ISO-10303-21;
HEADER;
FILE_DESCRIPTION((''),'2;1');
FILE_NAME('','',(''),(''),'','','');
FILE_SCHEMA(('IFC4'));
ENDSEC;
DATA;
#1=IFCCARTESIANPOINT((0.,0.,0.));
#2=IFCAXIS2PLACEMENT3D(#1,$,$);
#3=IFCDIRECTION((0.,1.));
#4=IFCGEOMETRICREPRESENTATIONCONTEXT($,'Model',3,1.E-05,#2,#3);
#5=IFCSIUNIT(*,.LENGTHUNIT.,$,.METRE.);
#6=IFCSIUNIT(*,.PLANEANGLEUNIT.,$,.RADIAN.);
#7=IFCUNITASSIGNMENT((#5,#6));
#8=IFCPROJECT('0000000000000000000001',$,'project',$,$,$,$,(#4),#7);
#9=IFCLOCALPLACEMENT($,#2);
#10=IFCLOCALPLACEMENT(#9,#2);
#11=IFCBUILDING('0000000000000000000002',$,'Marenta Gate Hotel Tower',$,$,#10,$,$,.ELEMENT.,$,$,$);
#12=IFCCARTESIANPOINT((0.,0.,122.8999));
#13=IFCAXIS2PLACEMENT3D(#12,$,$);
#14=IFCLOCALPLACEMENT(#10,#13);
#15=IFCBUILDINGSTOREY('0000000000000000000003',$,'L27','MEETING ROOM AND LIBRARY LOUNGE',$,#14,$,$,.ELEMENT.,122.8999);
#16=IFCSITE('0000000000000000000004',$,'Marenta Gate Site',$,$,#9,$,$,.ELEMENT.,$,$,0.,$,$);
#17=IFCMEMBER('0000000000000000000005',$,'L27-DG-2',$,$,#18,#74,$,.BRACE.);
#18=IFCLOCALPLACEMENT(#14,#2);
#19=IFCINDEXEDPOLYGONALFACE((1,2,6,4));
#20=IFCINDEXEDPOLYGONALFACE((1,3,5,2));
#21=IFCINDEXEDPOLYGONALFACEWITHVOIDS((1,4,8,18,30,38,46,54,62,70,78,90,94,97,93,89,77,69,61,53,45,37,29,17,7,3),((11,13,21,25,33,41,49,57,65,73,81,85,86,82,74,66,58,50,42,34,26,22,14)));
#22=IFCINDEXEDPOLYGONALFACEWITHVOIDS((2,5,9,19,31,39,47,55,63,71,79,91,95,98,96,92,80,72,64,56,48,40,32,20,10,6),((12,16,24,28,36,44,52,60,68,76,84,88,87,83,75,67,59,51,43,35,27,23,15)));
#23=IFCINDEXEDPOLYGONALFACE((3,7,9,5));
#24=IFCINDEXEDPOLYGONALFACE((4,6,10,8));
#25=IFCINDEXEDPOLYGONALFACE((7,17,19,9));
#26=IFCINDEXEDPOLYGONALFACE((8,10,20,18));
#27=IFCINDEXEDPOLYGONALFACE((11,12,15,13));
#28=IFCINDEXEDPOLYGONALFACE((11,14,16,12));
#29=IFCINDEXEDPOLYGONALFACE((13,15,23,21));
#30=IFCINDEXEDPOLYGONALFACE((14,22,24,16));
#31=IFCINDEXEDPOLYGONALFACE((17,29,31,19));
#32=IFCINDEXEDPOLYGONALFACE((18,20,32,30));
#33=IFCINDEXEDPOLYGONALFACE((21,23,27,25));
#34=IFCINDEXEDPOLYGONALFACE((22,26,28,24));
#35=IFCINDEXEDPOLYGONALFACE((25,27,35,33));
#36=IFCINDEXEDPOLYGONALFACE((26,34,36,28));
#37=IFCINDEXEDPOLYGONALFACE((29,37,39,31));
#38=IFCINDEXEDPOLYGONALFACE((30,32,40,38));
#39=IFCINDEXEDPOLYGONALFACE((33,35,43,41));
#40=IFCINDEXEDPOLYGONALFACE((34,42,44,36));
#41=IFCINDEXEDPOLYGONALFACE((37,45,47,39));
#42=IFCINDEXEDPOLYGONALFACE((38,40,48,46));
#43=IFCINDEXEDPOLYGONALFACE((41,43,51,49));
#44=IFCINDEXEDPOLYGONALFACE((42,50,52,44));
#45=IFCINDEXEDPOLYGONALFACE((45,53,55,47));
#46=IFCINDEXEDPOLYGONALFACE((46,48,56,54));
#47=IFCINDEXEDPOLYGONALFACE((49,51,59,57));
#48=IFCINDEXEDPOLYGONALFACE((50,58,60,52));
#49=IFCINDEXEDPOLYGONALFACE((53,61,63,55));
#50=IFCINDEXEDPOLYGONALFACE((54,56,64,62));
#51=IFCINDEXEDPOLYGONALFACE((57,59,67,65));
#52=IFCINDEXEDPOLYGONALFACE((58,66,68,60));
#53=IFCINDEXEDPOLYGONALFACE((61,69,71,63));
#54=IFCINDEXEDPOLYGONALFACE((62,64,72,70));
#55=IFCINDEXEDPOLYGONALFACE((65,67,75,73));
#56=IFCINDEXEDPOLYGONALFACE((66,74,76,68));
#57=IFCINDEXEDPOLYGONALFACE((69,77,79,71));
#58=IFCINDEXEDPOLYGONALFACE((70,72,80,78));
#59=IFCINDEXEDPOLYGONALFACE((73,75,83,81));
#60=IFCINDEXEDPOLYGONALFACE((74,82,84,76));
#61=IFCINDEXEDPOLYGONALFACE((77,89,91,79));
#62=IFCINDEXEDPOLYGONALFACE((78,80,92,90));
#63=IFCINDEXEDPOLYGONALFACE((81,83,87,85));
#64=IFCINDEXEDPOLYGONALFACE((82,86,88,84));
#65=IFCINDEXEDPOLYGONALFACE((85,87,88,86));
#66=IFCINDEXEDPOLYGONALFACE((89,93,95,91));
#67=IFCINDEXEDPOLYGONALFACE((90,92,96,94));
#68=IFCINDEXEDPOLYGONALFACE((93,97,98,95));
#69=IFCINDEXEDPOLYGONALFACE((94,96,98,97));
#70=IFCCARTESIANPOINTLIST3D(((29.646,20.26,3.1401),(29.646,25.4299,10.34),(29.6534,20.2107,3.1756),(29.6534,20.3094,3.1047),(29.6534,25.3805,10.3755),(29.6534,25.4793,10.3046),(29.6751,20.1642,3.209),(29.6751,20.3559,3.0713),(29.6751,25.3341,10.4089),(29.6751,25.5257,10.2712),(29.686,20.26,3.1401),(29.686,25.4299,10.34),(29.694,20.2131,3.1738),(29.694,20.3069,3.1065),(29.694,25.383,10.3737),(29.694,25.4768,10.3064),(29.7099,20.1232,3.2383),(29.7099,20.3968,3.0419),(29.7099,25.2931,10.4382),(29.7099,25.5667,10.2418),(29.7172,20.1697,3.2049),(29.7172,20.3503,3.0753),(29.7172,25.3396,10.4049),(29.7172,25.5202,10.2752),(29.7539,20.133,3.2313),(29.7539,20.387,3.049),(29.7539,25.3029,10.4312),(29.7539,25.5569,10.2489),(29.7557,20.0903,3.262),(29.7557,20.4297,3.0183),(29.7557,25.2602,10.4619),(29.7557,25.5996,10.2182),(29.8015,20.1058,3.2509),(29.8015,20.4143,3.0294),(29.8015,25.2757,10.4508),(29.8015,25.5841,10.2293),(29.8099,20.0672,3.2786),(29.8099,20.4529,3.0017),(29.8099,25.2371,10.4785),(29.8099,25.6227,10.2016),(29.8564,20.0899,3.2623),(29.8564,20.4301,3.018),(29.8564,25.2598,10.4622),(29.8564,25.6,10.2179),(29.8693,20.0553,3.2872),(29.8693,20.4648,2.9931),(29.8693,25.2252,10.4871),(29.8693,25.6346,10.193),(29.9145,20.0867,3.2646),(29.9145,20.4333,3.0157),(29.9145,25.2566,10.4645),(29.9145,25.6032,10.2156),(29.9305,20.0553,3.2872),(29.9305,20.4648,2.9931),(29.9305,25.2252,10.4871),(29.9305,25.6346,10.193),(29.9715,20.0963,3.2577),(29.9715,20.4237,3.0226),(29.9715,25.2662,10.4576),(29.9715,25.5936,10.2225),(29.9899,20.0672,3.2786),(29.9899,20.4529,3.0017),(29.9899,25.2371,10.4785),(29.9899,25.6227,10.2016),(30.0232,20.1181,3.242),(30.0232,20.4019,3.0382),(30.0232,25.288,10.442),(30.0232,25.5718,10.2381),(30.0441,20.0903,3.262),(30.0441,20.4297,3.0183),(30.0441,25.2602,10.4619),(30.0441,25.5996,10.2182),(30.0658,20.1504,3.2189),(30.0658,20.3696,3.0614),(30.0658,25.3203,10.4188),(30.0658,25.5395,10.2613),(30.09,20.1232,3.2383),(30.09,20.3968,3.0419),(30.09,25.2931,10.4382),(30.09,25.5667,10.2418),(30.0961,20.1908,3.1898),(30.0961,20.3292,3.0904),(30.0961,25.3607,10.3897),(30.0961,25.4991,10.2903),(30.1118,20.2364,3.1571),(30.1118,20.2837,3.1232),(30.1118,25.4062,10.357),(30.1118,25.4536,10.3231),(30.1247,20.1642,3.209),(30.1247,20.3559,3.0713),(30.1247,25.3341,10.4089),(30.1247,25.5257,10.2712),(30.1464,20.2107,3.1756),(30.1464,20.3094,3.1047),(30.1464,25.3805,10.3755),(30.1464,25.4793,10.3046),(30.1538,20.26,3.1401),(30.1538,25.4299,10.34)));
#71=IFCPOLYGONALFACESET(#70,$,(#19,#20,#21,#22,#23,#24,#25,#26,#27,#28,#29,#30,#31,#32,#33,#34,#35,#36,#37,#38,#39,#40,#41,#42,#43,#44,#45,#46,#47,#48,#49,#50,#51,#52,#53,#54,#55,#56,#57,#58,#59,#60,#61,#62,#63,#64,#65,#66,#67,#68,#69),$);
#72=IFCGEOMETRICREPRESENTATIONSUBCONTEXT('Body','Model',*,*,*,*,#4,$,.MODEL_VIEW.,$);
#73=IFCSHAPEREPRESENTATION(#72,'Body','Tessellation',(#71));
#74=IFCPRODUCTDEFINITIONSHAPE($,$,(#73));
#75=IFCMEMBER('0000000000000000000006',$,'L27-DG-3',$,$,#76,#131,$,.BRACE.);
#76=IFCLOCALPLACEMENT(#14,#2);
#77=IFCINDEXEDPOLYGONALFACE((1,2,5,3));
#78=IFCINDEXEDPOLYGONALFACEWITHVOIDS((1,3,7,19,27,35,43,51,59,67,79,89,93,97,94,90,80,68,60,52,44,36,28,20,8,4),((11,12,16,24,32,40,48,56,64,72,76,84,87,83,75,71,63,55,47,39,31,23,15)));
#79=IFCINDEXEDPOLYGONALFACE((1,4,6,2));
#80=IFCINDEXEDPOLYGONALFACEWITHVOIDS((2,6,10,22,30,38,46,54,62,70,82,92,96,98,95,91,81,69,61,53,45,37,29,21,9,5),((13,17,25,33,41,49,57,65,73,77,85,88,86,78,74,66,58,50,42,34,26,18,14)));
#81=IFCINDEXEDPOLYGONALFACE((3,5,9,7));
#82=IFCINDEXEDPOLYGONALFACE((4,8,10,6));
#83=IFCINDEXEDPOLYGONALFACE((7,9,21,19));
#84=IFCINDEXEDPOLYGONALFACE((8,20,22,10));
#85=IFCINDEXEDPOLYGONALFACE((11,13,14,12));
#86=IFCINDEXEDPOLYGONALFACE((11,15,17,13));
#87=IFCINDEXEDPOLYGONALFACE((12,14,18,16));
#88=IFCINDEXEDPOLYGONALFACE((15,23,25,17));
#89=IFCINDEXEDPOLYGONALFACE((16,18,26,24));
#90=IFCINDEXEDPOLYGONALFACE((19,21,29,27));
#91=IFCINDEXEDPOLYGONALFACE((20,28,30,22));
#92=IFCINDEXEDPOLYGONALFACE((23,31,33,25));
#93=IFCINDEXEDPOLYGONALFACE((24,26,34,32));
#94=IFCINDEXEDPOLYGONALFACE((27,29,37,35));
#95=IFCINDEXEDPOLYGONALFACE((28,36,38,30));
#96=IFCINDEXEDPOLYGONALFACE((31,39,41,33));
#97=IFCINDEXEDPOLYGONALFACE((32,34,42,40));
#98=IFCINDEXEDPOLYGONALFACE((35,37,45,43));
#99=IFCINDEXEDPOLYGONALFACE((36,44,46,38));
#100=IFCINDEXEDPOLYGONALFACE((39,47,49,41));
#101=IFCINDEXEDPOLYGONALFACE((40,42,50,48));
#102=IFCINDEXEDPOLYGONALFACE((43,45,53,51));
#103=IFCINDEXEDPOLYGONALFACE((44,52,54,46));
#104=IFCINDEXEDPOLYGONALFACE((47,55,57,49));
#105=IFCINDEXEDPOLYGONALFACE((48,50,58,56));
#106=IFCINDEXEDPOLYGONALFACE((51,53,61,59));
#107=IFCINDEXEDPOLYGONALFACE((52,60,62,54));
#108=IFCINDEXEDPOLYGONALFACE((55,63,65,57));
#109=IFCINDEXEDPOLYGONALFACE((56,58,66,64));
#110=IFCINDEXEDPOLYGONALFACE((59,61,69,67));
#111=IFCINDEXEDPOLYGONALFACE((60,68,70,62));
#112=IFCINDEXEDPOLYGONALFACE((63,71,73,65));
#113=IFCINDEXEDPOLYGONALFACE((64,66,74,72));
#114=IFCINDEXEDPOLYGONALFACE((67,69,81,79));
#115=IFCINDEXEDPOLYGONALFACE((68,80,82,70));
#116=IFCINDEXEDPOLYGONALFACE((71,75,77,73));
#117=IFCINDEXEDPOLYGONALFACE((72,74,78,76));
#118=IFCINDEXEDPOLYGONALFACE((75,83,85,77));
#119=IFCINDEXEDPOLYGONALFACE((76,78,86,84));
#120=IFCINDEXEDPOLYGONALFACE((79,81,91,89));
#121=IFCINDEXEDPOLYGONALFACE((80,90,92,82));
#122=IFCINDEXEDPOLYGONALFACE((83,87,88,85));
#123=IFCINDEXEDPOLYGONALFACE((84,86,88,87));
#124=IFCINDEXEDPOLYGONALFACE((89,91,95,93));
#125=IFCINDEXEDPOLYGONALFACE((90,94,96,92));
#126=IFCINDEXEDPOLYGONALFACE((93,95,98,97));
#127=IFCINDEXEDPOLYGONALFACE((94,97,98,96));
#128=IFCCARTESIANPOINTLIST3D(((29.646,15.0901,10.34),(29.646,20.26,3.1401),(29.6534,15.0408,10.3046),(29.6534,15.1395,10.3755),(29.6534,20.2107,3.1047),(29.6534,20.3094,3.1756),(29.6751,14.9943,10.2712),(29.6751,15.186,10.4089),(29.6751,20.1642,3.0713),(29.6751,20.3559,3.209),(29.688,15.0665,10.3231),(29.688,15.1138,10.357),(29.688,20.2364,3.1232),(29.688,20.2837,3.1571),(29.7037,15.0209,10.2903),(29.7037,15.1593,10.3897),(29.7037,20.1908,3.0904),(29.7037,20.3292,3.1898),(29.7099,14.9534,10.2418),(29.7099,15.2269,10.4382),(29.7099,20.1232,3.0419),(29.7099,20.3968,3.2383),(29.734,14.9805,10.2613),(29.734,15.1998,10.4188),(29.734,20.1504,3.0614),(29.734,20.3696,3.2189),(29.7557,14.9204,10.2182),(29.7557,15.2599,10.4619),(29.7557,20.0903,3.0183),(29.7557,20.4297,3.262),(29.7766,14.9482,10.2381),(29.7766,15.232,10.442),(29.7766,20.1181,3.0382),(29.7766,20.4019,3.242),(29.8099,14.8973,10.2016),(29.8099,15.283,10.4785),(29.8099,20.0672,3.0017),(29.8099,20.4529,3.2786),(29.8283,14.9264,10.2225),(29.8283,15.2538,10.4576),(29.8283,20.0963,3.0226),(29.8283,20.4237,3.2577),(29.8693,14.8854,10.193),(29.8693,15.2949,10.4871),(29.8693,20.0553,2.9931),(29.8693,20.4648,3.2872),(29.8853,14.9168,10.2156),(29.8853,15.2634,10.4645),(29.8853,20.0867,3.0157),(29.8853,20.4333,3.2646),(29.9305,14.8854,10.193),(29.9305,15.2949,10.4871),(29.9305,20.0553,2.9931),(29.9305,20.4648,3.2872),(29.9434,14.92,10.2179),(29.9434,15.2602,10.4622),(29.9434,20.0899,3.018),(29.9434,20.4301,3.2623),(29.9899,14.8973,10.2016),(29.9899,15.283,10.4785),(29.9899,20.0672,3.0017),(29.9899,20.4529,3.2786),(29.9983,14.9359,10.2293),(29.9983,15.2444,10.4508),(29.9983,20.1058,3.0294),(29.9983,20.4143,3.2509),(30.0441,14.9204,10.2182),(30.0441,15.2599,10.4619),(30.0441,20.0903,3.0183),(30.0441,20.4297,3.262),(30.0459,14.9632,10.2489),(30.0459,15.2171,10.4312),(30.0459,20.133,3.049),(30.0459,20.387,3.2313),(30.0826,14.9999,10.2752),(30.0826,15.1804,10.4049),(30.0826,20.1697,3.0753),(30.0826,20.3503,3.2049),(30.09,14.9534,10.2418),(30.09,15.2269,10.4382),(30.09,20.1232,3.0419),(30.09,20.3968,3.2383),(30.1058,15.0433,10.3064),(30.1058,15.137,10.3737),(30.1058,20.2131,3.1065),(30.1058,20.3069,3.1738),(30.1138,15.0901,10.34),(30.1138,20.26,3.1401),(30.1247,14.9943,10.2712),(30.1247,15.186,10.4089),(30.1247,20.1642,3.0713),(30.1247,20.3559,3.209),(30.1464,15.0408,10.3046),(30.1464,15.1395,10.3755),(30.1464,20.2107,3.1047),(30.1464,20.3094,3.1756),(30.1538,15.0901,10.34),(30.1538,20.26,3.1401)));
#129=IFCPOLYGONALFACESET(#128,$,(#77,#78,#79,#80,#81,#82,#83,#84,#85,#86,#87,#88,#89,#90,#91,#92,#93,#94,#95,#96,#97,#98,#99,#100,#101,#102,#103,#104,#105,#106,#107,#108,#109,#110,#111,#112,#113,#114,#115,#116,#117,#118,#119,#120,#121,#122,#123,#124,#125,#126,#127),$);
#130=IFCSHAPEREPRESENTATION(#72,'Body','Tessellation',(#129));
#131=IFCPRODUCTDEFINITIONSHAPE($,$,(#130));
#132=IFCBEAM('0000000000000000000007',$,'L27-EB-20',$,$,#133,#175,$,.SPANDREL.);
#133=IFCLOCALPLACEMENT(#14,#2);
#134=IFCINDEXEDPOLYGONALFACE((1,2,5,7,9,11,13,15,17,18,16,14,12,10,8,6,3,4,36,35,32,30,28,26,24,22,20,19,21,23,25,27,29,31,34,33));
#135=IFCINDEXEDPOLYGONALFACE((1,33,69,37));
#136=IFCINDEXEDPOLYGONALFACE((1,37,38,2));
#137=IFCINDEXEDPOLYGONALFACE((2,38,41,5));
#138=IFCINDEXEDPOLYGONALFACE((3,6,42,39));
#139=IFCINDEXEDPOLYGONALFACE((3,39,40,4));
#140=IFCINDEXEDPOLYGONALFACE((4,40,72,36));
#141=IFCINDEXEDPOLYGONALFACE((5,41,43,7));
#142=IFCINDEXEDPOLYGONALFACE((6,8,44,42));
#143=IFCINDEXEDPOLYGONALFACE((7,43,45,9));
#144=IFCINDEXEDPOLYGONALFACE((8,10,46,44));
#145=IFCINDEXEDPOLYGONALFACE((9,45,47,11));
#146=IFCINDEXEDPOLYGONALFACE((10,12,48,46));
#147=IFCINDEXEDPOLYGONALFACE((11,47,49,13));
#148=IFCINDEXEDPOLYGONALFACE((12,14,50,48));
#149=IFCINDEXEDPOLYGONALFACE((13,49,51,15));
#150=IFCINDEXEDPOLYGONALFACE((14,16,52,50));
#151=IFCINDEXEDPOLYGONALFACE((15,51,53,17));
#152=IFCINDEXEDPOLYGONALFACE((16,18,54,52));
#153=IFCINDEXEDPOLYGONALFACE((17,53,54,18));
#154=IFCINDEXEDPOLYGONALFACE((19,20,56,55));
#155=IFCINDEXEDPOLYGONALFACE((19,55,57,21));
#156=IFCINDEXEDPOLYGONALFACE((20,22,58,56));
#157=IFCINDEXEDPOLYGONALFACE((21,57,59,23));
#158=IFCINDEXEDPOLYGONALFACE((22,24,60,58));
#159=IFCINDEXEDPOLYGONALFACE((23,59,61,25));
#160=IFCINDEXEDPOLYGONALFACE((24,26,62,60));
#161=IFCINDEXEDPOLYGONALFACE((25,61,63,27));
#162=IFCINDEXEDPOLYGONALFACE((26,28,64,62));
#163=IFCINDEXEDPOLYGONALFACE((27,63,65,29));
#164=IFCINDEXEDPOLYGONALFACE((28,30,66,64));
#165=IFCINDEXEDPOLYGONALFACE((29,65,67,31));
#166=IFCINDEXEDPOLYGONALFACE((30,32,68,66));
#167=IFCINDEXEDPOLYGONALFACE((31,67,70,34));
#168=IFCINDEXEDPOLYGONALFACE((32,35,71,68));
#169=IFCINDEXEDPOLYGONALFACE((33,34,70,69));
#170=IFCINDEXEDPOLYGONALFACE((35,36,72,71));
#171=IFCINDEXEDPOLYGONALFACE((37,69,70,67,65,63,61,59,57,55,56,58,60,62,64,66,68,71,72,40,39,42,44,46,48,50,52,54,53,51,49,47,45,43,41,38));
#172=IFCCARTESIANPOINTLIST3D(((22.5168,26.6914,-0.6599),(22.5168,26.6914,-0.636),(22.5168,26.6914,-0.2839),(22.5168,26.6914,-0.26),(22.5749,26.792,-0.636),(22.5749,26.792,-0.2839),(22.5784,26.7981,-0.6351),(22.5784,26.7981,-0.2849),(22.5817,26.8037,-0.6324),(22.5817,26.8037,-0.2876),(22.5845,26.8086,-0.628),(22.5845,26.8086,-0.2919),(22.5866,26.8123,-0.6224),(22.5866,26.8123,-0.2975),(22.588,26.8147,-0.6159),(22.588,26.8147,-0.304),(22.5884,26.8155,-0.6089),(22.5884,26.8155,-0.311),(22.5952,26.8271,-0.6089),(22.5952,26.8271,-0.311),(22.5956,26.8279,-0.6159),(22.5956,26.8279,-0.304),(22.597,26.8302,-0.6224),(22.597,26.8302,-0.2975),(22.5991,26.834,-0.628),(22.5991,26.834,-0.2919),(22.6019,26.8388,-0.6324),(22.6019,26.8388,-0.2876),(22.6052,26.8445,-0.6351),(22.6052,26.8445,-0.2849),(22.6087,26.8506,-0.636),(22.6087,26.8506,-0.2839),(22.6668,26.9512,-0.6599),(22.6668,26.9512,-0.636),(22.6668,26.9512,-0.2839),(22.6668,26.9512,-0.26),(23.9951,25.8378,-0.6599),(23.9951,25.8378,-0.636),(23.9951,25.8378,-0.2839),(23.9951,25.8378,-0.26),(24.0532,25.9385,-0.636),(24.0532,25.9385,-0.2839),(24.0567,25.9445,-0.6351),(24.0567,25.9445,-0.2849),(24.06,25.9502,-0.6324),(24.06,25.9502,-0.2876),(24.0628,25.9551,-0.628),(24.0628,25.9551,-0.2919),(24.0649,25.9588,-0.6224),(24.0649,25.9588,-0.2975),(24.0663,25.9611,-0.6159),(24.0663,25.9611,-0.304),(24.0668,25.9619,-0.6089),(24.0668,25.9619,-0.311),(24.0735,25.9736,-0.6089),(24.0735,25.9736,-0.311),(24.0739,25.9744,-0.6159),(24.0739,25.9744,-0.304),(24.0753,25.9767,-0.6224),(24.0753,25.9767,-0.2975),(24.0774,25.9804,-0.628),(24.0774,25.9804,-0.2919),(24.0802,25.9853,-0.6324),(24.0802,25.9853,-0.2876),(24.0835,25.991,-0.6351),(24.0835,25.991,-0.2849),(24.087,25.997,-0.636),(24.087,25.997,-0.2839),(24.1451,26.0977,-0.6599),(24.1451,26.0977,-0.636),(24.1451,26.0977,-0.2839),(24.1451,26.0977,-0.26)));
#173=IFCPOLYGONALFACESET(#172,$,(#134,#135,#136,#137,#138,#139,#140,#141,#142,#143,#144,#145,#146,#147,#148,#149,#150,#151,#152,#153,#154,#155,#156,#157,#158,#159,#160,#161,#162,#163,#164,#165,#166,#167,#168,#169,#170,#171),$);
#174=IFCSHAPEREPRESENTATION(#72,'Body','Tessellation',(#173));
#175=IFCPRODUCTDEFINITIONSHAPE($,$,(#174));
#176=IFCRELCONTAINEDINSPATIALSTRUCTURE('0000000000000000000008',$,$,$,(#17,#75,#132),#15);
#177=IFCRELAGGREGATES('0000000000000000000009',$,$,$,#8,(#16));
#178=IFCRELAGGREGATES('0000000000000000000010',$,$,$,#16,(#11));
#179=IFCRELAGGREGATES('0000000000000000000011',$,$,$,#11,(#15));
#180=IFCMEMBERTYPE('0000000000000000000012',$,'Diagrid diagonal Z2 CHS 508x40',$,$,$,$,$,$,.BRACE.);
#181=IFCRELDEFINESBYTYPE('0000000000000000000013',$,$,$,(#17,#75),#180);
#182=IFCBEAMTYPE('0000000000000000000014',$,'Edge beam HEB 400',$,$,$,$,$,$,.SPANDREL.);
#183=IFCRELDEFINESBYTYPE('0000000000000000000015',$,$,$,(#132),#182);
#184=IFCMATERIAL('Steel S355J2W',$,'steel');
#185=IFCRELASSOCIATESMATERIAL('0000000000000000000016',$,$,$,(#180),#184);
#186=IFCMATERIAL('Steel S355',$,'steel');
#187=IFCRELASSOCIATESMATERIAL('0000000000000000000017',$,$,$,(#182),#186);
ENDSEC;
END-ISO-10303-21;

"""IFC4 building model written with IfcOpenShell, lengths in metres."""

from ifc_helpers import new_model, si_unit, direction, frame, origin, origin_2d, place, context, subcontext, project, spatial, hollow_circle, i_section, extrude, material, material_profile, profile_set, type_object, element, save


model = new_model("IFC4")

# Units and contexts
model_context = context("Model", 3, precision=1e-05, world=origin(), true_north=direction((0.0, 1.0)))
body_context = subcontext(model_context, "Body", "Model", "MODEL_VIEW")
ifc_project = project(units=[si_unit("LENGTHUNIT", "METRE"), si_unit("PLANEANGLEUNIT", "RADIAN")], contexts=[model_context])

# Site, building, storey
site_placement = place(None, origin())
site = spatial("IfcSite", under=ifc_project, at=site_placement, Name="Marenta Gate Site", CompositionType="ELEMENT", RefElevation=0.0)
building_placement = place(site_placement, origin())
building = spatial("IfcBuilding", under=site, at=building_placement, Name="Marenta Gate Hotel Tower", CompositionType="ELEMENT")
storey_placement = place(building_placement, frame((0.0, 0.0, 122.8999)))
storey = spatial("IfcBuildingStorey", under=building, at=storey_placement, Name="L27", Description="MEETING ROOM AND LIBRARY LOUNGE", CompositionType="ELEMENT", Elevation=122.8999)

# Members
ifc_material_1 = material(Name="Steel S355J2W", Category="steel")
ifc_material_profile_1 = material_profile(ifc_material_1, hollow_circle(Radius=0.2539, WallThickness=0.04, at=origin_2d()), Name="CHS 508x40")
ifc_profile_set_1 = profile_set([ifc_material_profile_1], Name="Steel S355J2W")
member_type_1 = type_object("IfcMemberType", Name="Diagrid diagonal Z2 CHS 508x40", PredefinedType="BRACE", material=ifc_profile_set_1)
for number, where, z_axis, x_axis, name in (
    (1, (29.8999, 20.26, 3.1401), (0.0, 0.583261, 0.812285), (-1.0, 0.0, 0.0), "L27-DG-2"),
    (2, (29.8999, 20.26, 3.1401), (0.0, -0.583261, 0.812285), (1.0, 0.0, 0.0), "L27-DG-3"),
):
    element("IfcMember", number, at=place(storey_placement, frame(where, z_axis=z_axis, x_axis=x_axis)), inside=storey, type_object=member_type_1, Name=name, PredefinedType="BRACE", context=body_context, shape_type="SweptSolid", body=[
        extrude(hollow_circle(Radius=0.2539, WallThickness=0.04, at=origin_2d()), origin(), (0.0, 0.0, 1.0), 8.8638),
    ])

# Beam
ifc_material_2 = material(Name="Steel S355", Category="steel")
ifc_material_profile_2 = material_profile(ifc_material_2, i_section(OverallWidth=0.3, OverallDepth=0.3999, WebThickness=0.0134, FlangeThickness=0.0239, FilletRadius=0.0271, at=origin_2d()), Name="HEB 400")
ifc_profile_set_2 = profile_set([ifc_material_profile_2], Name="Steel S355")
beam_type_1 = type_object("IfcBeamType", Name="Edge beam HEB 400", PredefinedType="SPANDREL", material=ifc_profile_set_2)
beam_1_placement = place(storey_placement, frame((22.5918, 26.8213, -0.46), z_axis=(0.866016, -0.500015, 0.0), x_axis=(0.500015, 0.866016, 0.0)))
element("IfcBeam", 3, at=beam_1_placement, inside=storey, type_object=beam_type_1, Name="L27-EB-20", PredefinedType="SPANDREL", context=body_context, shape_type="SweptSolid", body=[
    extrude(i_section(OverallWidth=0.3, OverallDepth=0.3999, WebThickness=0.0134, FlangeThickness=0.0239, FilletRadius=0.0271, at=origin_2d()), origin(), (0.0, 0.0, 1.0), 1.707),
])

save(model, "model.ifc")
